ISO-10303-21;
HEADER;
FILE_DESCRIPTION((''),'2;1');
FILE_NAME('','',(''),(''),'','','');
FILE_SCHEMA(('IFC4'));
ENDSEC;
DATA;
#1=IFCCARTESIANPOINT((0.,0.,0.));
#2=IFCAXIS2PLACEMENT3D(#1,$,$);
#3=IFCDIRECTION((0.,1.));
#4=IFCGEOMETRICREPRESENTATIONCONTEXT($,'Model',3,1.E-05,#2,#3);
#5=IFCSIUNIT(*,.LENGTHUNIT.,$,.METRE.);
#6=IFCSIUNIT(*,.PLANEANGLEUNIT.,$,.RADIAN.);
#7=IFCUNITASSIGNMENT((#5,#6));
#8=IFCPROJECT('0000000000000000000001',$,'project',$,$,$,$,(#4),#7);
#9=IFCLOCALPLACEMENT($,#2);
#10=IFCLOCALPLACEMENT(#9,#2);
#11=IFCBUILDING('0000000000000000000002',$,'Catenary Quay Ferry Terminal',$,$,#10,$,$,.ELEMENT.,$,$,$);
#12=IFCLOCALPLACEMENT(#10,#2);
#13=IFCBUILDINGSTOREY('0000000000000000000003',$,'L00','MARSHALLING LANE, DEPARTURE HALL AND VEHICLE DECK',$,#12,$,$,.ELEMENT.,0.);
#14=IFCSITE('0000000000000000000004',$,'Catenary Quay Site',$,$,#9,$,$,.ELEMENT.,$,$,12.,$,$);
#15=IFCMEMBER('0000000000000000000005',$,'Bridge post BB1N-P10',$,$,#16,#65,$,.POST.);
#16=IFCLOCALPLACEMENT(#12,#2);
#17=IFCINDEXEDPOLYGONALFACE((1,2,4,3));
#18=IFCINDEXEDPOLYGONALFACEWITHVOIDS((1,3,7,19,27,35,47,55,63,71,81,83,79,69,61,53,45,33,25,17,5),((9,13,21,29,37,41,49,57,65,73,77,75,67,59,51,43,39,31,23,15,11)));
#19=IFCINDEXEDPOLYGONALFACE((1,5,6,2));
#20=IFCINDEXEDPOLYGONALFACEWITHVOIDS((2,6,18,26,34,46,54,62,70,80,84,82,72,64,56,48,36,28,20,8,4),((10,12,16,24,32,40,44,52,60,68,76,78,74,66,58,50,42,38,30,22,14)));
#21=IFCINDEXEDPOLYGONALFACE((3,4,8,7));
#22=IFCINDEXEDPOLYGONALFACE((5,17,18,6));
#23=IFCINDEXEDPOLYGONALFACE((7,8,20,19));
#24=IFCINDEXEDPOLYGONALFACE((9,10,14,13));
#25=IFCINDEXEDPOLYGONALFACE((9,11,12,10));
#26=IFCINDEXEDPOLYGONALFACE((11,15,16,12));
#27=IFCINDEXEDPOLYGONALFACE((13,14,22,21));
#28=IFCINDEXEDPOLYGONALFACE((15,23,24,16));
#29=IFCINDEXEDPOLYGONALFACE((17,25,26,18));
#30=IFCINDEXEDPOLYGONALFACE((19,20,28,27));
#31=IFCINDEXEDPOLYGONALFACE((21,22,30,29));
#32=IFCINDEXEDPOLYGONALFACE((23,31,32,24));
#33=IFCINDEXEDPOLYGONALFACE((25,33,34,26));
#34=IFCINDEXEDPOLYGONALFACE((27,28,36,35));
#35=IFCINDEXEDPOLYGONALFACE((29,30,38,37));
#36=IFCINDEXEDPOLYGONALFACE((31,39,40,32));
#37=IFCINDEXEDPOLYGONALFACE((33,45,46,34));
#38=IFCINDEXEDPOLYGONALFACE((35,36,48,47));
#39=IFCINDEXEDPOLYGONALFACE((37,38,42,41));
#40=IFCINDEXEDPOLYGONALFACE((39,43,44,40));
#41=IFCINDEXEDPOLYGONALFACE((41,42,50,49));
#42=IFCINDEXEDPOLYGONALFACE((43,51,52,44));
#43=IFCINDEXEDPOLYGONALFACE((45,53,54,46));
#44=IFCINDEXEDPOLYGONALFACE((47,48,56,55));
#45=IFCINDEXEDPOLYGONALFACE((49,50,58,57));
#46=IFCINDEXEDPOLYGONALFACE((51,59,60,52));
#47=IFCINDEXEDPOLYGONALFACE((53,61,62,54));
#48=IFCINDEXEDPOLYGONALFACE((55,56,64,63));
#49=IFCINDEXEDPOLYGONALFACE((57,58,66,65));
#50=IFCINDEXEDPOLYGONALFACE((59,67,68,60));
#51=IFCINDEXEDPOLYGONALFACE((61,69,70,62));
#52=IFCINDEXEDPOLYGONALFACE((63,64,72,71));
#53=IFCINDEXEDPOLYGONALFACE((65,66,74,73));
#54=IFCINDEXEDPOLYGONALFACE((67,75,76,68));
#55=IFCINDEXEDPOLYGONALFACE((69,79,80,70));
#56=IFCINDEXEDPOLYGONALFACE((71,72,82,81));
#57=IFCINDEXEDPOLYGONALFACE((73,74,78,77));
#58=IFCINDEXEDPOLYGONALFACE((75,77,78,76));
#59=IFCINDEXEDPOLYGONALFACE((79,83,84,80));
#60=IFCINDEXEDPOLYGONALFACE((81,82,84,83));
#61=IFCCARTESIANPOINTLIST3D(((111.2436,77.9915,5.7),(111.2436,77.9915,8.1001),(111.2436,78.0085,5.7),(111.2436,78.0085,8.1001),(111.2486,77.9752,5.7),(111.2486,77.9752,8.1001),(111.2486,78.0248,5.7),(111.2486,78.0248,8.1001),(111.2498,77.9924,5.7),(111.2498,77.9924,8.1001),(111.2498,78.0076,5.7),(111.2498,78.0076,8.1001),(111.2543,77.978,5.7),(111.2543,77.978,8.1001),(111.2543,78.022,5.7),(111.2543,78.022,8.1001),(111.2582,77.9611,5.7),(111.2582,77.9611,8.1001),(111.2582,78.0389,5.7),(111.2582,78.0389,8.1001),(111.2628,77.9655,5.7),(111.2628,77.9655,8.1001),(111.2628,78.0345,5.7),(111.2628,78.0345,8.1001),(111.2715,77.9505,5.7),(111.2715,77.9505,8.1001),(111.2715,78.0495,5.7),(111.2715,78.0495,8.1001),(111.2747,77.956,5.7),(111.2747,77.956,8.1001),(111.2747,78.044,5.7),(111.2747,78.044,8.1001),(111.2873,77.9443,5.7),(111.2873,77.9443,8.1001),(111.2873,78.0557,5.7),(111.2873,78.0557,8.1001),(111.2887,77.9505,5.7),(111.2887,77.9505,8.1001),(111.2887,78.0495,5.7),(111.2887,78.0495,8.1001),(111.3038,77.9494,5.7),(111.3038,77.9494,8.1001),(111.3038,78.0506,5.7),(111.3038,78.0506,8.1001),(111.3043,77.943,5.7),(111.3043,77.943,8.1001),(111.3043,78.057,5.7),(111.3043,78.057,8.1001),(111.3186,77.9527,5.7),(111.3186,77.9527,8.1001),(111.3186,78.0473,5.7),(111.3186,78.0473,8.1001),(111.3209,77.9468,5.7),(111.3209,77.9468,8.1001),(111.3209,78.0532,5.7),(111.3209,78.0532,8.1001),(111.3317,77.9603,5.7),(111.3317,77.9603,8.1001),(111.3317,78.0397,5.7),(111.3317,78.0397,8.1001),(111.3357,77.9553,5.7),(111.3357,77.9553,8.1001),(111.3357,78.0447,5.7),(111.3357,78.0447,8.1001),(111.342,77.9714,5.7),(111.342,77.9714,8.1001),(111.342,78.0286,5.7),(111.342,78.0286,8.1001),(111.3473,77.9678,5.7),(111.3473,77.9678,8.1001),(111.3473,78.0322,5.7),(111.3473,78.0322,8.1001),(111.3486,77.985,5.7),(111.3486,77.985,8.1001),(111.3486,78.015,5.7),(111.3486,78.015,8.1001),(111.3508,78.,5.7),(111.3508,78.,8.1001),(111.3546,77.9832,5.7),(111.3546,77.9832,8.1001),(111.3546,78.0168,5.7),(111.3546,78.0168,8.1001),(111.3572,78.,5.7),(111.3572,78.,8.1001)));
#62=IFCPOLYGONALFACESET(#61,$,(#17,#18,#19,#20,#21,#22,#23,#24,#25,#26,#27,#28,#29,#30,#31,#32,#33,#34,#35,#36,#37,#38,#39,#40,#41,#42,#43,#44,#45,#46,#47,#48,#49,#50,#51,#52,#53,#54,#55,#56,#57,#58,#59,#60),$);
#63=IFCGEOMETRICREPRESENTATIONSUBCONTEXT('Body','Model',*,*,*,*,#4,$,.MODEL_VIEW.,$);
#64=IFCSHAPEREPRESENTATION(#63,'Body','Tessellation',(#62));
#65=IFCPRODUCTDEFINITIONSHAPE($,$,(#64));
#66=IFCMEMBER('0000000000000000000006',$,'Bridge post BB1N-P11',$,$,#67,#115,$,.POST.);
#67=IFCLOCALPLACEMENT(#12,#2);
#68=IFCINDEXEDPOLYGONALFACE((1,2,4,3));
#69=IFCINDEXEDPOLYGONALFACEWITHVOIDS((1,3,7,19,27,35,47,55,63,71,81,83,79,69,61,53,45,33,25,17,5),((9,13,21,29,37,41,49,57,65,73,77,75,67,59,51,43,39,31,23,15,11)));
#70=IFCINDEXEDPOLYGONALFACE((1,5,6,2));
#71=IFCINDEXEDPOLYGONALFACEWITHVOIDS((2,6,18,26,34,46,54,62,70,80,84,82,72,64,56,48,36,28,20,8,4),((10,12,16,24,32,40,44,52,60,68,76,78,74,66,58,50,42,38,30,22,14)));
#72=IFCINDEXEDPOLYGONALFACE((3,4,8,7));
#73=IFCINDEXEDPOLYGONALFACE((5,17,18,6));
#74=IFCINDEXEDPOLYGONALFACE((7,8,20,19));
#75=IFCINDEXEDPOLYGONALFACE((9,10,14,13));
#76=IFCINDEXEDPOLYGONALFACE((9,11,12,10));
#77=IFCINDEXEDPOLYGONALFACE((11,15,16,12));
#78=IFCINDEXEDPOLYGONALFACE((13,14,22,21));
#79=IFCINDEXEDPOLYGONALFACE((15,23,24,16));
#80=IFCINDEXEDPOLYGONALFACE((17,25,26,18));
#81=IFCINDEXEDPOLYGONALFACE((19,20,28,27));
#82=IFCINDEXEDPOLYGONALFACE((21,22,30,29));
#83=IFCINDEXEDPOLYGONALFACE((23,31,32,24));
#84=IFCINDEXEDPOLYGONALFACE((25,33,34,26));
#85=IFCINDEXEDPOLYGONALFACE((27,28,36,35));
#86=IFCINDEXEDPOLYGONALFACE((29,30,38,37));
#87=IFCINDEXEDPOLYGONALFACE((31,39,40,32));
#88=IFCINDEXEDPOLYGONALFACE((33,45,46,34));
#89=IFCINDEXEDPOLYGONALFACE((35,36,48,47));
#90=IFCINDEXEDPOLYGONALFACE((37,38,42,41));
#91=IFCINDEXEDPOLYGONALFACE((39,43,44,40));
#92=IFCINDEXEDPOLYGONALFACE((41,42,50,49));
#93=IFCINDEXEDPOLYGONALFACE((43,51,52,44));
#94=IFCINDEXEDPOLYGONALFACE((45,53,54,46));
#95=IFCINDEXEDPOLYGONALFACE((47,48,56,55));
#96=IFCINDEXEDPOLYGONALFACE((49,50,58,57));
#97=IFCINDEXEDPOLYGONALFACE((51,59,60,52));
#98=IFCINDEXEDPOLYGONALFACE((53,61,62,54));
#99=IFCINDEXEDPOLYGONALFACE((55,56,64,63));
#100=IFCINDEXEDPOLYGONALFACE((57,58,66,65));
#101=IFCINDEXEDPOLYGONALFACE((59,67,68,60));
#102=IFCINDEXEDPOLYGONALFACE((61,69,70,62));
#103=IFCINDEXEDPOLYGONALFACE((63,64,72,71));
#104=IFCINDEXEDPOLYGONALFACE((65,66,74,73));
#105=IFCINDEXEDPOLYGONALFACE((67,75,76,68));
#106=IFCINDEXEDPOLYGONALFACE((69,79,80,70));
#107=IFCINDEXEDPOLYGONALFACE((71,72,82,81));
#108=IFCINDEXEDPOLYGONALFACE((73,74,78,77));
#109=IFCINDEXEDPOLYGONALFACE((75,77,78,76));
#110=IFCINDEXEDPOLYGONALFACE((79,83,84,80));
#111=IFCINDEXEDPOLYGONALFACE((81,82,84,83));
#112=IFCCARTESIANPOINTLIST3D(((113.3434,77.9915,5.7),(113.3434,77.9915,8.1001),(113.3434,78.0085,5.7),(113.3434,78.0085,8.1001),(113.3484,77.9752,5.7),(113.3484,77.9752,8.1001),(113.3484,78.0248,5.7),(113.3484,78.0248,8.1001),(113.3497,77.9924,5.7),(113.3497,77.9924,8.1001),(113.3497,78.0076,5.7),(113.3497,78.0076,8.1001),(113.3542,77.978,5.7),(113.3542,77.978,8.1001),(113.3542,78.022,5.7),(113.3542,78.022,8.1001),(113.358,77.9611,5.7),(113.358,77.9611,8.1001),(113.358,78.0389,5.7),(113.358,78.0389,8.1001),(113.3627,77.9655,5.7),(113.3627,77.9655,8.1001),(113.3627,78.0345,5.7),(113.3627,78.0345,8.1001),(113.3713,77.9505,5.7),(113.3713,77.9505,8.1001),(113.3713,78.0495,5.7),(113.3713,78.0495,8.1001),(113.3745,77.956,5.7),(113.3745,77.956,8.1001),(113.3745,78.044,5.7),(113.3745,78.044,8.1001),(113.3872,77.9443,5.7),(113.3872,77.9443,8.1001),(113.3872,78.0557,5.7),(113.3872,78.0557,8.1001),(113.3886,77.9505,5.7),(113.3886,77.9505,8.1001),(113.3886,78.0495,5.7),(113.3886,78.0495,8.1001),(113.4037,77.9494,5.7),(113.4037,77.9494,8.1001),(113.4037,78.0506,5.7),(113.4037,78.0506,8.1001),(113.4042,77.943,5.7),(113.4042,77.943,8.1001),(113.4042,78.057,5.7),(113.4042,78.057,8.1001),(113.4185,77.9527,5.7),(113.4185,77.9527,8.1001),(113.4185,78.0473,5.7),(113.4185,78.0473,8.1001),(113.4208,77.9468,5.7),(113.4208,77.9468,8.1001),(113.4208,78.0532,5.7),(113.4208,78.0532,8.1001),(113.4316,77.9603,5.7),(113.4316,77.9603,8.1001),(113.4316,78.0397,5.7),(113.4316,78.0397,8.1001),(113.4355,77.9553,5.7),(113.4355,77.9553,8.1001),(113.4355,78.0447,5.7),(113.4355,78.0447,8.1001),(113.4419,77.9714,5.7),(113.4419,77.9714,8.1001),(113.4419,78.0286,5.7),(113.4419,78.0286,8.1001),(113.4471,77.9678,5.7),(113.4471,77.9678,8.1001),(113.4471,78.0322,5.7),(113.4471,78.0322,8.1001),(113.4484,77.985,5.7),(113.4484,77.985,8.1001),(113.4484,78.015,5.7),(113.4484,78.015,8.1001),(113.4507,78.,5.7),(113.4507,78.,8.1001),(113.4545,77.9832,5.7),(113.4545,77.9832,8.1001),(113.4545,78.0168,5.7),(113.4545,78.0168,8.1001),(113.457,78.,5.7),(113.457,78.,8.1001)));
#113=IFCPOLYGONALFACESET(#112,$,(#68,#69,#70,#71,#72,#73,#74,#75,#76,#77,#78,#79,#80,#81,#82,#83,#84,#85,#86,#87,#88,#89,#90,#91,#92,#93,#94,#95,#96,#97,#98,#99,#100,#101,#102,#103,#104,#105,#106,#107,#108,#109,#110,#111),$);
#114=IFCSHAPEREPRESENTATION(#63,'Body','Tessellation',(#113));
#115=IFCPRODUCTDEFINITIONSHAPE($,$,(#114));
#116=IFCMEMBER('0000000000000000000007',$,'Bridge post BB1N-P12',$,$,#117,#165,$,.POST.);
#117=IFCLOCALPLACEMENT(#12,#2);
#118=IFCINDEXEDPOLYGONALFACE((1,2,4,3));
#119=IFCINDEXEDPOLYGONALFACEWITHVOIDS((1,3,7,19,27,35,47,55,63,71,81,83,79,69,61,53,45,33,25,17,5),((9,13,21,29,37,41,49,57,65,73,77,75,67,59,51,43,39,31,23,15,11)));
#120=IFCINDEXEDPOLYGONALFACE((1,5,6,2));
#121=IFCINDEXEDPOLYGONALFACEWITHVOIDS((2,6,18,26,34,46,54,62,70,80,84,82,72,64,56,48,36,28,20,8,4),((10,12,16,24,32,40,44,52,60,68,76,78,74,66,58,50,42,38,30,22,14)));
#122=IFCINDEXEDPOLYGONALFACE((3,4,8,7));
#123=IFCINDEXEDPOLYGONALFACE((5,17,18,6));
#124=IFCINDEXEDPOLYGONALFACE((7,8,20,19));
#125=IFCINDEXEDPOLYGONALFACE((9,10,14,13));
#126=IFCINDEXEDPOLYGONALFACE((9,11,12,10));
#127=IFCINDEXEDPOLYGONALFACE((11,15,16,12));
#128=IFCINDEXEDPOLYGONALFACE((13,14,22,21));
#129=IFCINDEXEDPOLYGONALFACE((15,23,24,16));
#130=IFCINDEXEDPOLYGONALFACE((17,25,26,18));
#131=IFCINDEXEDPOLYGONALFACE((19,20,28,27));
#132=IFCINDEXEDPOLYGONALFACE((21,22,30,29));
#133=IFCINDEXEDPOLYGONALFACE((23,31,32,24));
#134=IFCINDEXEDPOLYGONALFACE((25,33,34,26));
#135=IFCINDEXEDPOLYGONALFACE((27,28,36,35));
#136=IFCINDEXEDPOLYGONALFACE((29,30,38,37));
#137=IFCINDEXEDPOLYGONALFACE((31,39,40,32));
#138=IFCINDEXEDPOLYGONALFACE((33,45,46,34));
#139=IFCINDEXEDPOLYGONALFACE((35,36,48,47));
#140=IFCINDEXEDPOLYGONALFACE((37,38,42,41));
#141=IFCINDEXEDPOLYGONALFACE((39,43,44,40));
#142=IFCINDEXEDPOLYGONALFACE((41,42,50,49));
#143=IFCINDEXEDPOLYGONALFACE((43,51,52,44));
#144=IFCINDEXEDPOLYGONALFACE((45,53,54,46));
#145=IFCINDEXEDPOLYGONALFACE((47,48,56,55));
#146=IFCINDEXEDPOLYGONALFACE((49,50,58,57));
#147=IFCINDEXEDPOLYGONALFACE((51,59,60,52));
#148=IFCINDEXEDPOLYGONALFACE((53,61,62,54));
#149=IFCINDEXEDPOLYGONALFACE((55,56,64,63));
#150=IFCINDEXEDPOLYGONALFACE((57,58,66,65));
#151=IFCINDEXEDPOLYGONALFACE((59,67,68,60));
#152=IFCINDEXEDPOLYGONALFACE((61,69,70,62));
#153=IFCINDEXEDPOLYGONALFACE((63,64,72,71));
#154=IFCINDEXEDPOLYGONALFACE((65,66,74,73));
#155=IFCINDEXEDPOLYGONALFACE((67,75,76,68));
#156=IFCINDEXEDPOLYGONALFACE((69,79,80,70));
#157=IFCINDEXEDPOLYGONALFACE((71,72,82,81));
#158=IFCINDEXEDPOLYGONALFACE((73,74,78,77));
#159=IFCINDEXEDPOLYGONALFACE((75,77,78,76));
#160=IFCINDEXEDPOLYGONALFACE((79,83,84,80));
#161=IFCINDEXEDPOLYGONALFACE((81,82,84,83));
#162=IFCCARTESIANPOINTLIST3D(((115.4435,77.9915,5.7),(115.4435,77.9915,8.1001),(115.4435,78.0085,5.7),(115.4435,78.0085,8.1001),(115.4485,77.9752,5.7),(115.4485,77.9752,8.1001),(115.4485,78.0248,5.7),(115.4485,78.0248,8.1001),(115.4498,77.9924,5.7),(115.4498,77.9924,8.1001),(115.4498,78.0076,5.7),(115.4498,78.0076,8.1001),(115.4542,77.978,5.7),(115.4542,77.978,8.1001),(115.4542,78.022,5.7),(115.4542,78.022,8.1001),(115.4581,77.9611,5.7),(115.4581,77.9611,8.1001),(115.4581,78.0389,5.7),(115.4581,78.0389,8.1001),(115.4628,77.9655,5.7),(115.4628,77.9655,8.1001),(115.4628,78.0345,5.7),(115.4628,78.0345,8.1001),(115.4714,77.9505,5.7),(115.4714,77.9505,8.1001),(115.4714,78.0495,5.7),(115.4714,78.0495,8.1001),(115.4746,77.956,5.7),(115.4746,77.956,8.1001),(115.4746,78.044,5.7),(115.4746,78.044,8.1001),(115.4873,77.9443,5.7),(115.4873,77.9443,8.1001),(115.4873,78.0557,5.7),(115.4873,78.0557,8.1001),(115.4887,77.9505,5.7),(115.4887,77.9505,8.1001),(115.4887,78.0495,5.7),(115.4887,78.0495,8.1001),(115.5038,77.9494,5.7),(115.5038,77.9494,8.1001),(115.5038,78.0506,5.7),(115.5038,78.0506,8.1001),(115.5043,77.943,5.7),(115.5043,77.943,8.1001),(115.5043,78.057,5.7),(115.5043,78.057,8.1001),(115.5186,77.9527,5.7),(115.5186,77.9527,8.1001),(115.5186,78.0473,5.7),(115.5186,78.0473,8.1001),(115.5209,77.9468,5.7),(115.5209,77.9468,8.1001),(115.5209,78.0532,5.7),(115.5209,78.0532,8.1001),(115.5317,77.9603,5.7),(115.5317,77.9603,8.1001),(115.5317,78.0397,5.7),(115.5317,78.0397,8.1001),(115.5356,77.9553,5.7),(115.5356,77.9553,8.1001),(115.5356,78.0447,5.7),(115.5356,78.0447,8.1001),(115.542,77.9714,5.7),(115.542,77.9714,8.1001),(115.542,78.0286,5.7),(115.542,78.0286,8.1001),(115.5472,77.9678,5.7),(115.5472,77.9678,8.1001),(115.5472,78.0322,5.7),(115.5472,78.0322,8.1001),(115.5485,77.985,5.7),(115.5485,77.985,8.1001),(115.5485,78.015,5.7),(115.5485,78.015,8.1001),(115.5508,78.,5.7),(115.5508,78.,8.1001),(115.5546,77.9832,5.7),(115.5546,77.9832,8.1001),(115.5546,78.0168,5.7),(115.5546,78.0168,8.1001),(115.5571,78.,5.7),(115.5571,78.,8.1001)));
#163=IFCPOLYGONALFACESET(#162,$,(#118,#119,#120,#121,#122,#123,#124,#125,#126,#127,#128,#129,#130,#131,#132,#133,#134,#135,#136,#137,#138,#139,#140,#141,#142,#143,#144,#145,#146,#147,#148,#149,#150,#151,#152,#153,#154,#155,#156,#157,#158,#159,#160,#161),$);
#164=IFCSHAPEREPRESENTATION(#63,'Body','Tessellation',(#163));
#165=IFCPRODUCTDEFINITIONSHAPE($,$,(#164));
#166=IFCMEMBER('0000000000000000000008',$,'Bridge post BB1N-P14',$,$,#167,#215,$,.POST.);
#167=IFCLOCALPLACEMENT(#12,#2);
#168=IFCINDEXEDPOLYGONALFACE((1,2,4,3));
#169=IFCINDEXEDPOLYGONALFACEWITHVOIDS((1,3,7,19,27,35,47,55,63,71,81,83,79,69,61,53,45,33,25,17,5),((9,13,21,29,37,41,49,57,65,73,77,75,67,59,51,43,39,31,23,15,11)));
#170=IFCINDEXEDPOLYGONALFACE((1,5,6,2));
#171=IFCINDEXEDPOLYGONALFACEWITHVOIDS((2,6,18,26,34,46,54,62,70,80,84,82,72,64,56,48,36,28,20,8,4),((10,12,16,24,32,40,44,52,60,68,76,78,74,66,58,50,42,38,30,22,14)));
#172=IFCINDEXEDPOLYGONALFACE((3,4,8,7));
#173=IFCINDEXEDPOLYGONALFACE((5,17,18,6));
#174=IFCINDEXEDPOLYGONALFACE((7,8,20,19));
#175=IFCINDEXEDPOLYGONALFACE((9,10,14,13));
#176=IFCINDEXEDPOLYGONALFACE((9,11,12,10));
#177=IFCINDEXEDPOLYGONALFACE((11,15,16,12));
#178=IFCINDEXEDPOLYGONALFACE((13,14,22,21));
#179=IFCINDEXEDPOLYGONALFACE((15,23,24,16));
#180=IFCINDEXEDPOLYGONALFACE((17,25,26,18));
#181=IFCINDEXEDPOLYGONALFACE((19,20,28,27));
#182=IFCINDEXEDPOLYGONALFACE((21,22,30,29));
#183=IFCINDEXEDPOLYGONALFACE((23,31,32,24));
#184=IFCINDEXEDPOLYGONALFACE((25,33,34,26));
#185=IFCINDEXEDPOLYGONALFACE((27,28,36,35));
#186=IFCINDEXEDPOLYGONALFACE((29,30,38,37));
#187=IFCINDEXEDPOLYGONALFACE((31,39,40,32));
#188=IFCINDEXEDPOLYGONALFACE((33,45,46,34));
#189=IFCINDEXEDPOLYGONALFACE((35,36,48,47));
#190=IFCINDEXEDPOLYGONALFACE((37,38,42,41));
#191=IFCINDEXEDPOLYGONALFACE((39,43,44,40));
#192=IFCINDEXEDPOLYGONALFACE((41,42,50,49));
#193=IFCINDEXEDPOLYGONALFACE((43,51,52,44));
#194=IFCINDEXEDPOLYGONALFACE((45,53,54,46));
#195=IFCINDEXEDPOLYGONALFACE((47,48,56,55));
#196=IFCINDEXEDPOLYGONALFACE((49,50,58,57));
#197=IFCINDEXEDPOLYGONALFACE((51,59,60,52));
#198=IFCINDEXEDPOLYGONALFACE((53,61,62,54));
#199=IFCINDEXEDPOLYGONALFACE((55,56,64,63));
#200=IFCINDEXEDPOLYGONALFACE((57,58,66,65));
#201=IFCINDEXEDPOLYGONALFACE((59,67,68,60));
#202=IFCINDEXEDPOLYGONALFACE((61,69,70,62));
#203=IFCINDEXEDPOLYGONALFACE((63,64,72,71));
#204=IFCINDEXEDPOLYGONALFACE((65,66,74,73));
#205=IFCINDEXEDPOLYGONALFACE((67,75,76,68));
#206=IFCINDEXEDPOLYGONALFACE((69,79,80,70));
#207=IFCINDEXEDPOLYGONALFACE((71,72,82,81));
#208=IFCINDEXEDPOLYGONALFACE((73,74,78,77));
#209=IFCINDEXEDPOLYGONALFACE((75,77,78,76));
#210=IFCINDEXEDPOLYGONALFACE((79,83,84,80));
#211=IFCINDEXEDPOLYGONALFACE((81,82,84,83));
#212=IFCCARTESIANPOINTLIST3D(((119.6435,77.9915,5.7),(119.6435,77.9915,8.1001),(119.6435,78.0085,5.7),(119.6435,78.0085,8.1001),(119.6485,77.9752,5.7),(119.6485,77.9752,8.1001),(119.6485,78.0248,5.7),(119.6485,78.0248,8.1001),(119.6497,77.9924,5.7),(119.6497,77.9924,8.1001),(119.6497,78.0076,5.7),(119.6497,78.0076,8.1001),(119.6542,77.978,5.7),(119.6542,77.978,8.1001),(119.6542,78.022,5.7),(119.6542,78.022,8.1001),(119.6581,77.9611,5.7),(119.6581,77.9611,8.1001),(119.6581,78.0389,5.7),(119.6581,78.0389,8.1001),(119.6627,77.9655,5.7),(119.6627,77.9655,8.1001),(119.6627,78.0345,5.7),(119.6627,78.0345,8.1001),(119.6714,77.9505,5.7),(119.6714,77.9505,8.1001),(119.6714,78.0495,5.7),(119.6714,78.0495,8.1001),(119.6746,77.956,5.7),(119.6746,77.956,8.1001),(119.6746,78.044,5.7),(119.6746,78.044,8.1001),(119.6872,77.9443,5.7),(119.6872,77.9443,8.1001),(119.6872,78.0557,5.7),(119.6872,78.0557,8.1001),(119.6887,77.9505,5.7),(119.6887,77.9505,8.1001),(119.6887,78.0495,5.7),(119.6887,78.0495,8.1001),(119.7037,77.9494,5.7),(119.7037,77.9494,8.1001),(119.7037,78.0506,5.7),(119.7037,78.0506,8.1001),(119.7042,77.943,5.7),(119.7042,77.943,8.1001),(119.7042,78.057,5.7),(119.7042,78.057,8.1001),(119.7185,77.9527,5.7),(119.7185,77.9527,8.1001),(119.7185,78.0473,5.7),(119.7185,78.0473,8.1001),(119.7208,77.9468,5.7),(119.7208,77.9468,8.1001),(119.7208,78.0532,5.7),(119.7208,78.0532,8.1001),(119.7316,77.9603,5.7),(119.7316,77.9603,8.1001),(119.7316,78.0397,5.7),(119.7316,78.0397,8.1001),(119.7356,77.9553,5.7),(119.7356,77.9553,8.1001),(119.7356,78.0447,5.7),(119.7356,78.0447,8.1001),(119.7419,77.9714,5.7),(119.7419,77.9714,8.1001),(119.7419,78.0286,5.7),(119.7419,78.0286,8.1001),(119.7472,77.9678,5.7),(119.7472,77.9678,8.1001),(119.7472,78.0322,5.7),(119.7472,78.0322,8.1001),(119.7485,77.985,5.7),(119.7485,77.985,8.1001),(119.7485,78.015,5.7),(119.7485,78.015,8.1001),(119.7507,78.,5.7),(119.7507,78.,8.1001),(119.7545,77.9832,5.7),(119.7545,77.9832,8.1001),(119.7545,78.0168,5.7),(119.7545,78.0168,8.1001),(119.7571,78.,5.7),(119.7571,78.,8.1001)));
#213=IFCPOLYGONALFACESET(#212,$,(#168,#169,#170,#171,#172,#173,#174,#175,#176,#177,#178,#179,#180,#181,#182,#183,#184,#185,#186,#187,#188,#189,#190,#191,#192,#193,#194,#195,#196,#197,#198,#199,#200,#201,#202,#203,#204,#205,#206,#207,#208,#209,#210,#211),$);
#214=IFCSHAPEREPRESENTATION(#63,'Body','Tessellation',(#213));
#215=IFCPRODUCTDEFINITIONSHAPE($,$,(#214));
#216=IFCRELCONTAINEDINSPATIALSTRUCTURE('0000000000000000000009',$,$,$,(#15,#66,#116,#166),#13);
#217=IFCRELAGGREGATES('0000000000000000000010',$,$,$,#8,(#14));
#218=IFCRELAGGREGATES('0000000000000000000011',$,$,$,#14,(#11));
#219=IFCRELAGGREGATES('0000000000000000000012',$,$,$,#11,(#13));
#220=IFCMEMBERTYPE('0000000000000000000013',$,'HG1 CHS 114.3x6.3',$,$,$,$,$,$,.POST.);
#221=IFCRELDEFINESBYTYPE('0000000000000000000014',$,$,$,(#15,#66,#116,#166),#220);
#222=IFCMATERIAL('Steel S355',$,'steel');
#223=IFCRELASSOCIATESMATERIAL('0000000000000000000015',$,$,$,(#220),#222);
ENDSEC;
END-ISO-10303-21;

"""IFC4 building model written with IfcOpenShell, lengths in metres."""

from ifc_helpers import new_model, si_unit, direction, frame, origin, origin_2d, place, context, subcontext, project, spatial, hollow_circle, extrude, material, material_profile, profile_set, type_object, element, save


model = new_model("IFC4")

# Units and contexts
model_context = context("Model", 3, precision=1e-05, world=origin(), true_north=direction((0.0, 1.0)))
body_context = subcontext(model_context, "Body", "Model", "MODEL_VIEW")
ifc_project = project(units=[si_unit("LENGTHUNIT", "METRE"), si_unit("PLANEANGLEUNIT", "RADIAN")], contexts=[model_context])

# Site, building, storey
site_placement = place(None, origin())
site = spatial("IfcSite", under=ifc_project, at=site_placement, Name="Catenary Quay Site", CompositionType="ELEMENT", RefElevation=12.0)
building_placement = place(site_placement, origin())
building = spatial("IfcBuilding", under=site, at=building_placement, Name="Catenary Quay Ferry Terminal", CompositionType="ELEMENT")
storey_placement = place(building_placement, origin())
storey = spatial("IfcBuildingStorey", under=building, at=storey_placement, Name="L00", Description="MARSHALLING LANE, DEPARTURE HALL AND VEHICLE DECK", CompositionType="ELEMENT", Elevation=0.0)

# Members
ifc_material_1 = material(Name="Steel S355", Category="steel")
ifc_material_profile_1 = material_profile(ifc_material_1, hollow_circle(Radius=0.0571, WallThickness=0.0063, at=origin_2d()), Name="CHS 114.3x6.3")
ifc_profile_set_1 = profile_set([ifc_material_profile_1], Name="Steel S355")
member_type_1 = type_object("IfcMemberType", Name="HG1 CHS 114.3x6.3", PredefinedType="POST", material=ifc_profile_set_1)
for number, where, z_axis, x_axis, name in (
    (1, (111.3, 78.0, 5.7), (0.0, 0.0, 1.0), (1.0, 0.0, 0.0), "Bridge post BB1N-P10"),
    (2, (113.3999, 78.0, 5.7), (0.0, 0.0, 1.0), (1.0, 0.0, 0.0), "Bridge post BB1N-P11"),
    (3, (115.5, 78.0, 5.7), (0.0, 0.0, 1.0), (1.0, 0.0, 0.0), "Bridge post BB1N-P12"),
    (4, (119.7, 78.0, 5.7), (0.0, 0.0, 1.0), (1.0, 0.0, 0.0), "Bridge post BB1N-P14"),
):
    element("IfcMember", number, at=place(storey_placement, frame(where, z_axis=z_axis, x_axis=x_axis)), inside=storey, type_object=member_type_1, Name=name, PredefinedType="POST", context=body_context, shape_type="SweptSolid", body=[
        extrude(hollow_circle(Radius=0.0571, WallThickness=0.0063, at=origin_2d()), origin(), (0.0, 0.0, 1.0), 2.4001),
    ])

save(model, "model.ifc")
